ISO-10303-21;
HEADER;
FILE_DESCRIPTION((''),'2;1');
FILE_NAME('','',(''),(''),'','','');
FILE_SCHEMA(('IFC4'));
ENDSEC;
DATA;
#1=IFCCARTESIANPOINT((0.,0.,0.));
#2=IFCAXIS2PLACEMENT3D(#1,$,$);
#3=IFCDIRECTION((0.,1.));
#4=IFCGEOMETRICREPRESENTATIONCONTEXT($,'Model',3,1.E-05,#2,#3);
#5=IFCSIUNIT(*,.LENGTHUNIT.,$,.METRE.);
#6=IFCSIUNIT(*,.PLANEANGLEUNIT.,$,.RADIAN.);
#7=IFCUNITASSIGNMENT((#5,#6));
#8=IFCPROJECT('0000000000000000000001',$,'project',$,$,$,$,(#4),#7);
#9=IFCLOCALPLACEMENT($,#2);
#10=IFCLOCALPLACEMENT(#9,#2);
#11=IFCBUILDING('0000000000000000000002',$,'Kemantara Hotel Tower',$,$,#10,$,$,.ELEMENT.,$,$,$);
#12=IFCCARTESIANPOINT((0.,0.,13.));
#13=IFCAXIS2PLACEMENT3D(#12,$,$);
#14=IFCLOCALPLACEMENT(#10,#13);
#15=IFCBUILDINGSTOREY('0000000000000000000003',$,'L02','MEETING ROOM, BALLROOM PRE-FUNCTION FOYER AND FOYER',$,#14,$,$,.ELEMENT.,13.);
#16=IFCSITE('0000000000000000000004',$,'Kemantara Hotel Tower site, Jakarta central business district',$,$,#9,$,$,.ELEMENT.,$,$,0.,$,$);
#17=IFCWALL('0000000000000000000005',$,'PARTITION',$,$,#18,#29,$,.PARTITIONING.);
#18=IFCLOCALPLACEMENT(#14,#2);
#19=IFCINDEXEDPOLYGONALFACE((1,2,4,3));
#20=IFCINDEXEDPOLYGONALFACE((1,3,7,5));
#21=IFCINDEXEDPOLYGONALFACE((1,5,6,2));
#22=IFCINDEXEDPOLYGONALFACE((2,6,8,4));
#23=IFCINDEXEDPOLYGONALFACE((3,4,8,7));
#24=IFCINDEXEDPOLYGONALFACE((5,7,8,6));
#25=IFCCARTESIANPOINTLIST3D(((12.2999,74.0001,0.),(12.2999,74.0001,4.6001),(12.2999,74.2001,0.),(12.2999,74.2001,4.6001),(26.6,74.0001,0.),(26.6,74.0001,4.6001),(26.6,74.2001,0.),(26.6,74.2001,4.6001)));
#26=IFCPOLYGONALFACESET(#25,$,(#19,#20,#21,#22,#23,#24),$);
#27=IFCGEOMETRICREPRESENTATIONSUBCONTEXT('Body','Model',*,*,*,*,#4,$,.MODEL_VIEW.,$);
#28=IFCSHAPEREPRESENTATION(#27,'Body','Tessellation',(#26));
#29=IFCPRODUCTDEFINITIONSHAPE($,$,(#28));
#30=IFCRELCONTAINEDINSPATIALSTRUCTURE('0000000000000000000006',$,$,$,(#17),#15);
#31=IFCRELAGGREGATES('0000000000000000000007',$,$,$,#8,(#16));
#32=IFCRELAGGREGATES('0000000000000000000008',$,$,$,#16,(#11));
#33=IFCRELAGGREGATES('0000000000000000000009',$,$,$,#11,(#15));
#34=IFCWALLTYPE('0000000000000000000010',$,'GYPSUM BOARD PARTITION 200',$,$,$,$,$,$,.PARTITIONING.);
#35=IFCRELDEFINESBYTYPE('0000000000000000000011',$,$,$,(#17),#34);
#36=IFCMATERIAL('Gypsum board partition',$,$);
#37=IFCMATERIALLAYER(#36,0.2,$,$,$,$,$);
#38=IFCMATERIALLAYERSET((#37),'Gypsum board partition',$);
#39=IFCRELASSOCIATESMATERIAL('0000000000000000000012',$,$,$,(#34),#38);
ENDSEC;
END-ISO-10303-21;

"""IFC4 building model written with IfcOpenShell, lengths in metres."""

from ifc_helpers import new_model, si_unit, direction, frame, frame_2d, origin, place, context, subcontext, project, spatial, rectangle, extrude, material, layer, layer_set, type_object, element, save


model = new_model("IFC4")

# Units and contexts
model_context = context("Model", 3, precision=1e-05, world=origin(), true_north=direction((0.0, 1.0)))
body_context = subcontext(model_context, "Body", "Model", "MODEL_VIEW")
ifc_project = project(units=[si_unit("LENGTHUNIT", "METRE"), si_unit("PLANEANGLEUNIT", "RADIAN")], contexts=[model_context])

# Site, building, storey
site_placement = place(None, origin())
site = spatial("IfcSite", under=ifc_project, at=site_placement, Name="Kemantara Hotel Tower site, Jakarta central business district", CompositionType="ELEMENT", RefElevation=0.0)
building_placement = place(site_placement, origin())
building = spatial("IfcBuilding", under=site, at=building_placement, Name="Kemantara Hotel Tower", CompositionType="ELEMENT")
storey_placement = place(building_placement, frame((0.0, 0.0, 13.0)))
storey = spatial("IfcBuildingStorey", under=building, at=storey_placement, Name="L02", Description="MEETING ROOM, BALLROOM PRE-FUNCTION FOYER AND FOYER", CompositionType="ELEMENT", Elevation=13.0)

# Wall
ifc_material_1 = material(Name="Gypsum board partition")
ifc_layer_1 = layer(ifc_material_1, 0.2)
ifc_layer_set_1 = layer_set([ifc_layer_1], Name="Gypsum board partition")
wall_type_1 = type_object("IfcWallType", Name="GYPSUM BOARD PARTITION 200", PredefinedType="PARTITIONING", material=ifc_layer_set_1)
wall_1_placement = place(storey_placement, frame((12.3, 74.1001, 0.0), z_axis=(0.0, 0.0, 1.0), x_axis=(1.0, 0.0, 0.0)))
element("IfcWall", 1, at=wall_1_placement, inside=storey, type_object=wall_type_1, Name="PARTITION", PredefinedType="PARTITIONING", context=body_context, shape_type="SweptSolid", body=[
    extrude(rectangle(XDim=14.3, YDim=0.2, at=frame_2d((7.1499, 0.0))), origin(), (0.0, 0.0, 1.0), 4.6001),
])

save(model, "model.ifc")
